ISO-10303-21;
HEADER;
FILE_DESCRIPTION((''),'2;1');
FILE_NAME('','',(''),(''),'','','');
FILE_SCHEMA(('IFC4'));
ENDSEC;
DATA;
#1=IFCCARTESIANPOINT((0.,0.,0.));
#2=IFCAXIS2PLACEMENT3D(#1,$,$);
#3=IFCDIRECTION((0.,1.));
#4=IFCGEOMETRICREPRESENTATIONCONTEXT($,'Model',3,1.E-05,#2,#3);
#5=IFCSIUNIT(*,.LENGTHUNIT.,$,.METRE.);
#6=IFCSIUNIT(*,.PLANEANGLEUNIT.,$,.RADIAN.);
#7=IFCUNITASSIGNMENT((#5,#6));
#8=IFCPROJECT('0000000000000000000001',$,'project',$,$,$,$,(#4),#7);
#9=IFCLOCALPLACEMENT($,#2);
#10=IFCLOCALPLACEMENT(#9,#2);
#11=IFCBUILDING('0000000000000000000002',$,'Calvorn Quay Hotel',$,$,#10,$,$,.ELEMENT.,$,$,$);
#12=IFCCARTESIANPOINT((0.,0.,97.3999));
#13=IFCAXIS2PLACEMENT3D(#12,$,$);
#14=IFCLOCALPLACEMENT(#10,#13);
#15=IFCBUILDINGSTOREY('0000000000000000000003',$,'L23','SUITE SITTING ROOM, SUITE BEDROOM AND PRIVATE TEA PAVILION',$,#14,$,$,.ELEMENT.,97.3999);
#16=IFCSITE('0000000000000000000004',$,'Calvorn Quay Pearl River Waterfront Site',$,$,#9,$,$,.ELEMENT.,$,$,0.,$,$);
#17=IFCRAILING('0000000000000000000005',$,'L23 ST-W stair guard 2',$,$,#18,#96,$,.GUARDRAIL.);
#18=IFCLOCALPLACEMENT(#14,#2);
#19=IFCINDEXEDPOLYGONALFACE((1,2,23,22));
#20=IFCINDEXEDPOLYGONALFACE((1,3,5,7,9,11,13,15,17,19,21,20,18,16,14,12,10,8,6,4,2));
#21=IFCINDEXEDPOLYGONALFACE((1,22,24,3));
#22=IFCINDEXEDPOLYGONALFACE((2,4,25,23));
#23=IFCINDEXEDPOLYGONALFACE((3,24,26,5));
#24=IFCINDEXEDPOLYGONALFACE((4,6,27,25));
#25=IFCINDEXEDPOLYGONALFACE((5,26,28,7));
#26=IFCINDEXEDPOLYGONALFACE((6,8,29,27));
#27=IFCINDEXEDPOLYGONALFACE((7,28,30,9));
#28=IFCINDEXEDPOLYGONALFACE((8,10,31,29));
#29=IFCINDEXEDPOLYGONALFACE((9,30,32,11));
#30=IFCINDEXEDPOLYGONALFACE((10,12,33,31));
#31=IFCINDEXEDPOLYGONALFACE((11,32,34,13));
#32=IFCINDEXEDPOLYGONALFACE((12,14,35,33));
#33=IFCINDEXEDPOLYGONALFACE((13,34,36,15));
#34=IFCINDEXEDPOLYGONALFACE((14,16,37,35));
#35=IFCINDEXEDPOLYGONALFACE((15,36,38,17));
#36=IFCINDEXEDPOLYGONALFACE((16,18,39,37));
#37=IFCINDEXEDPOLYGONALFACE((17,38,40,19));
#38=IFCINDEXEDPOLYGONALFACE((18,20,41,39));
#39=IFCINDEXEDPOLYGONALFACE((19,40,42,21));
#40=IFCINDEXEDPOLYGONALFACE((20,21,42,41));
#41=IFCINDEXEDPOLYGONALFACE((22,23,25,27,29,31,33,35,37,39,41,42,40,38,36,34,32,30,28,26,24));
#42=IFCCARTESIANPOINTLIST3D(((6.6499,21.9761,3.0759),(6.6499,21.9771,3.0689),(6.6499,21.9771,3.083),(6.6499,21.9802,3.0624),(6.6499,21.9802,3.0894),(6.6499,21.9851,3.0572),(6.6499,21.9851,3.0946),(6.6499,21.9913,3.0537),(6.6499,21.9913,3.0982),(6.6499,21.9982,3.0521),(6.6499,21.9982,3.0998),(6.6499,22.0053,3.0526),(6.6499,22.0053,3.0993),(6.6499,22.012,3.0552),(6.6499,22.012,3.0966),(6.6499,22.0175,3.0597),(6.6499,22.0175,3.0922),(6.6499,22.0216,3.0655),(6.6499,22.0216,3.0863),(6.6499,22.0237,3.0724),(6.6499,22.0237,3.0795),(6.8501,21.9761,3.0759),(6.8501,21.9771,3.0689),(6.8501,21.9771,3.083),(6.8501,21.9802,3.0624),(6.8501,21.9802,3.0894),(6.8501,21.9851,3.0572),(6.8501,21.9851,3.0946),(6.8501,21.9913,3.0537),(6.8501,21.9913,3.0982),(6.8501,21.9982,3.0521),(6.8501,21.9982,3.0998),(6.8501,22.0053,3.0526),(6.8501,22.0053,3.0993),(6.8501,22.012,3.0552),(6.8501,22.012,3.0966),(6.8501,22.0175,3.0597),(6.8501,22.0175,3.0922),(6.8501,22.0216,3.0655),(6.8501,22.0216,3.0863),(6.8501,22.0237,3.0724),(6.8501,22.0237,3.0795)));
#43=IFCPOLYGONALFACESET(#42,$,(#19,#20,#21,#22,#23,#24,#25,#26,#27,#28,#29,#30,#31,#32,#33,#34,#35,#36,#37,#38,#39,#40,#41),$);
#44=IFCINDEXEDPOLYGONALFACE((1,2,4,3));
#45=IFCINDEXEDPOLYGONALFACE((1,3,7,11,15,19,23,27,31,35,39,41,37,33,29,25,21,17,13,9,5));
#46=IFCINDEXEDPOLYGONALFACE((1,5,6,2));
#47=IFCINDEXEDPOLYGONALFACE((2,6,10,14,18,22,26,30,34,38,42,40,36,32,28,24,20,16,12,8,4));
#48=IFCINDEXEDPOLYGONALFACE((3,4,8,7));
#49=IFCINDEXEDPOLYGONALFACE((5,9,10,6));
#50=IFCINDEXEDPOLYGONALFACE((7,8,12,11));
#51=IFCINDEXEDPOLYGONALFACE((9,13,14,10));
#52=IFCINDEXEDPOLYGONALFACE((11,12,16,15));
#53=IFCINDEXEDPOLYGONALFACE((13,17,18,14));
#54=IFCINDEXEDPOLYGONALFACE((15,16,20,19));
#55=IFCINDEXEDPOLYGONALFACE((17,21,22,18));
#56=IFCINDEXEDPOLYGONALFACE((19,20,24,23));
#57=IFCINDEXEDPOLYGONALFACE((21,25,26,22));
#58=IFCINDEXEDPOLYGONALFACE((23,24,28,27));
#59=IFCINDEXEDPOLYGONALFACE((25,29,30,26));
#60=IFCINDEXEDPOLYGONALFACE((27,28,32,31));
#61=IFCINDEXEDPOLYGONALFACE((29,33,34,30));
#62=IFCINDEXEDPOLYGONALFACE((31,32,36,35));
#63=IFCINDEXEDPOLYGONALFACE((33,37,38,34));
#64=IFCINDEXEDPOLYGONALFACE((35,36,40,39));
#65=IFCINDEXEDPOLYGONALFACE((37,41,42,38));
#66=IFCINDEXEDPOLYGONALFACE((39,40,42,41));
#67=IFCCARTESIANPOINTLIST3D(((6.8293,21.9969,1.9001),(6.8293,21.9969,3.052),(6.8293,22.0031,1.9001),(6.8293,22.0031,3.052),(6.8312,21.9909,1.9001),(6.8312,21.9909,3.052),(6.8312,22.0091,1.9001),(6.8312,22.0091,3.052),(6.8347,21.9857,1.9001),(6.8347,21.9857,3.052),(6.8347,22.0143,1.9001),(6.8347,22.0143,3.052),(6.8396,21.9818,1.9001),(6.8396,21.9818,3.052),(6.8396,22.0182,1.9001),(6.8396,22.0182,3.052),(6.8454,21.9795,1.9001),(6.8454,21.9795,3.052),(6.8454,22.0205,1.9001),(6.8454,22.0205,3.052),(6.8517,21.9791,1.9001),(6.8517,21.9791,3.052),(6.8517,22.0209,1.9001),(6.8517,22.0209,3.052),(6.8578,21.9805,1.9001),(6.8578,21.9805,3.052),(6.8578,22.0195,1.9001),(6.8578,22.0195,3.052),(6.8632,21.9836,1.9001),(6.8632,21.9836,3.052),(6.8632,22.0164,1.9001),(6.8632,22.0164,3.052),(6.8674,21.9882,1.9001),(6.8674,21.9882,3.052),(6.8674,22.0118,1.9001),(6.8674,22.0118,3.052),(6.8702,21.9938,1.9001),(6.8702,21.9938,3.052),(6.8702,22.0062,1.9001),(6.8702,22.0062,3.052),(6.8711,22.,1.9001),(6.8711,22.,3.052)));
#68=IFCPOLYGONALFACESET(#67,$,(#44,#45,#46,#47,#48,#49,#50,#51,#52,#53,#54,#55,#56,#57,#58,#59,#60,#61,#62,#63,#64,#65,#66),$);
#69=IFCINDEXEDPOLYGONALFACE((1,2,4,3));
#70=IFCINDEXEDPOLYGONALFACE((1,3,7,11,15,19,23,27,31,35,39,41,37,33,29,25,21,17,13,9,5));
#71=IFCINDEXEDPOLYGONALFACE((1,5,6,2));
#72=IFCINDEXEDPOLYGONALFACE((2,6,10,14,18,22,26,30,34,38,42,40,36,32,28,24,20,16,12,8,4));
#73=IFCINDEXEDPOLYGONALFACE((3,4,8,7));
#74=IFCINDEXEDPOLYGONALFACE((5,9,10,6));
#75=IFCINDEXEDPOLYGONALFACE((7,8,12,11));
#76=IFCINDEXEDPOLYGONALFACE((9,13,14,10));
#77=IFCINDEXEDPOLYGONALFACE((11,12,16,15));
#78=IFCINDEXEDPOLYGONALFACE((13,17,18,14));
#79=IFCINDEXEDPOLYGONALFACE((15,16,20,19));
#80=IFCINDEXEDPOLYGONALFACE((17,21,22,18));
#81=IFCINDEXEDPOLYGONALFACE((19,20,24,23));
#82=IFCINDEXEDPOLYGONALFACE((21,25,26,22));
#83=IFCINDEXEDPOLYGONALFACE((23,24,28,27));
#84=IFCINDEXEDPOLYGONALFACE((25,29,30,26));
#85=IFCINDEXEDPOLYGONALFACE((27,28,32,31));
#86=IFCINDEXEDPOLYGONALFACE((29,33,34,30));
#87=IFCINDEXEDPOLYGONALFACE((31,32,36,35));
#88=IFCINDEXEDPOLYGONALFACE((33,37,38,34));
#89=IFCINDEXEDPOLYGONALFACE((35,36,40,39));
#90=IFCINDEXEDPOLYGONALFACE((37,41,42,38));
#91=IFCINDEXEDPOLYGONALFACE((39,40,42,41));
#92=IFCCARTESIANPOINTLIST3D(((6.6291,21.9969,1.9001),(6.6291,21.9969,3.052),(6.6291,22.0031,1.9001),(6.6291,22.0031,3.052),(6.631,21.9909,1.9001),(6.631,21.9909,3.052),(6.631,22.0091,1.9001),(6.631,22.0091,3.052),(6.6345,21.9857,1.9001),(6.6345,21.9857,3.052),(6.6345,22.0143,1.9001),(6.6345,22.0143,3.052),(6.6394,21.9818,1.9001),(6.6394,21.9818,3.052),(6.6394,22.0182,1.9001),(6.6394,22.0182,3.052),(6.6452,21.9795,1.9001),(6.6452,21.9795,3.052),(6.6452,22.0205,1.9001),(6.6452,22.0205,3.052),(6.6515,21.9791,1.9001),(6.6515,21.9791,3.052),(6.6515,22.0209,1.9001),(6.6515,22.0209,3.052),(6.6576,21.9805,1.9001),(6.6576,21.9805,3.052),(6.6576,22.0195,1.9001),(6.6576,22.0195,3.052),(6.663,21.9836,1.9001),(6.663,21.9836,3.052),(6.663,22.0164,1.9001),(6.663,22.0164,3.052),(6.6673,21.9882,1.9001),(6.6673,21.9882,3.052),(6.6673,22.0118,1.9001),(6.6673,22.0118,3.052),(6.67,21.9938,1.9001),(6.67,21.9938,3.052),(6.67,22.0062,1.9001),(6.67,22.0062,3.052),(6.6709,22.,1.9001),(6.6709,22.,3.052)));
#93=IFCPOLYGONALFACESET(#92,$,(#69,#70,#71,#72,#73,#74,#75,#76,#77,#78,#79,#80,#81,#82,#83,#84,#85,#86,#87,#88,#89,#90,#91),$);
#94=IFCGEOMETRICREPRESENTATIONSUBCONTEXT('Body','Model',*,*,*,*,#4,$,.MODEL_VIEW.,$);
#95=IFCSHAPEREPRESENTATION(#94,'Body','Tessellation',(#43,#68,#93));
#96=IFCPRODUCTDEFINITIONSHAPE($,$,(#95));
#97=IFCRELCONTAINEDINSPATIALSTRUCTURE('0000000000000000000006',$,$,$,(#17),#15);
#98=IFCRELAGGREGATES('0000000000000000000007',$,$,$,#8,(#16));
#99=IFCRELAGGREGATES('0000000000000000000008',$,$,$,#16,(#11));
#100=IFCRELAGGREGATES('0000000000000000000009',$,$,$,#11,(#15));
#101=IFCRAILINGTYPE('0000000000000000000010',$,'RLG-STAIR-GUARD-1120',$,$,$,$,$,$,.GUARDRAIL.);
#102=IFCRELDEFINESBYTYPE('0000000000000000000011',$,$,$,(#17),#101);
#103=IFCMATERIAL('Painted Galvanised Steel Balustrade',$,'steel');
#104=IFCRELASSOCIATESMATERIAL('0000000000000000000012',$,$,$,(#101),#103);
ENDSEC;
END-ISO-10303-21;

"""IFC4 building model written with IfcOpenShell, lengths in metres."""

from ifc_helpers import new_model, si_unit, direction, frame, origin, origin_2d, place, context, subcontext, project, spatial, circle, extrude, material, type_object, element, save


model = new_model("IFC4")

# Units and contexts
model_context = context("Model", 3, precision=1e-05, world=origin(), true_north=direction((0.0, 1.0)))
body_context = subcontext(model_context, "Body", "Model", "MODEL_VIEW")
ifc_project = project(units=[si_unit("LENGTHUNIT", "METRE"), si_unit("PLANEANGLEUNIT", "RADIAN")], contexts=[model_context])

# Site, building, storey
site_placement = place(None, origin())
site = spatial("IfcSite", under=ifc_project, at=site_placement, Name="Calvorn Quay Pearl River Waterfront Site", CompositionType="ELEMENT", RefElevation=0.0)
building_placement = place(site_placement, origin())
building = spatial("IfcBuilding", under=site, at=building_placement, Name="Calvorn Quay Hotel", CompositionType="ELEMENT")
storey_placement = place(building_placement, frame((0.0, 0.0, 97.3999)))
storey = spatial("IfcBuildingStorey", under=building, at=storey_placement, Name="L23", Description="SUITE SITTING ROOM, SUITE BEDROOM AND PRIVATE TEA PAVILION", CompositionType="ELEMENT", Elevation=97.3999)

# Railing
ifc_material_1 = material(Name="Painted Galvanised Steel Balustrade", Category="steel")
railing_type_1 = type_object("IfcRailingType", Name="RLG-STAIR-GUARD-1120", PredefinedType="GUARDRAIL", material=ifc_material_1)
railing_1_placement = place(storey_placement, frame((6.8501, 22.0, 1.9001)))
element("IfcRailing", 1, at=railing_1_placement, inside=storey, type_object=railing_type_1, Name="L23 ST-W stair guard 2", PredefinedType="GUARDRAIL", context=body_context, shape_type="SweptSolid", body=[
    extrude(circle(Radius=0.0239, at=origin_2d()), frame((0.0, 0.0, 1.1758), z_axis=(-1.0, 0.0, 0.0), x_axis=(0.0, -1.0, 0.0)), (0.0, 0.0, 1.0), 0.2002),
    extrude(circle(Radius=0.021, at=origin_2d()), origin(), (0.0, 0.0, 1.0), 1.1519),
    extrude(circle(Radius=0.021, at=origin_2d()), frame((-0.2002, 0.0, 0.0)), (0.0, 0.0, 1.0), 1.1519),
])

save(model, "model.ifc")
